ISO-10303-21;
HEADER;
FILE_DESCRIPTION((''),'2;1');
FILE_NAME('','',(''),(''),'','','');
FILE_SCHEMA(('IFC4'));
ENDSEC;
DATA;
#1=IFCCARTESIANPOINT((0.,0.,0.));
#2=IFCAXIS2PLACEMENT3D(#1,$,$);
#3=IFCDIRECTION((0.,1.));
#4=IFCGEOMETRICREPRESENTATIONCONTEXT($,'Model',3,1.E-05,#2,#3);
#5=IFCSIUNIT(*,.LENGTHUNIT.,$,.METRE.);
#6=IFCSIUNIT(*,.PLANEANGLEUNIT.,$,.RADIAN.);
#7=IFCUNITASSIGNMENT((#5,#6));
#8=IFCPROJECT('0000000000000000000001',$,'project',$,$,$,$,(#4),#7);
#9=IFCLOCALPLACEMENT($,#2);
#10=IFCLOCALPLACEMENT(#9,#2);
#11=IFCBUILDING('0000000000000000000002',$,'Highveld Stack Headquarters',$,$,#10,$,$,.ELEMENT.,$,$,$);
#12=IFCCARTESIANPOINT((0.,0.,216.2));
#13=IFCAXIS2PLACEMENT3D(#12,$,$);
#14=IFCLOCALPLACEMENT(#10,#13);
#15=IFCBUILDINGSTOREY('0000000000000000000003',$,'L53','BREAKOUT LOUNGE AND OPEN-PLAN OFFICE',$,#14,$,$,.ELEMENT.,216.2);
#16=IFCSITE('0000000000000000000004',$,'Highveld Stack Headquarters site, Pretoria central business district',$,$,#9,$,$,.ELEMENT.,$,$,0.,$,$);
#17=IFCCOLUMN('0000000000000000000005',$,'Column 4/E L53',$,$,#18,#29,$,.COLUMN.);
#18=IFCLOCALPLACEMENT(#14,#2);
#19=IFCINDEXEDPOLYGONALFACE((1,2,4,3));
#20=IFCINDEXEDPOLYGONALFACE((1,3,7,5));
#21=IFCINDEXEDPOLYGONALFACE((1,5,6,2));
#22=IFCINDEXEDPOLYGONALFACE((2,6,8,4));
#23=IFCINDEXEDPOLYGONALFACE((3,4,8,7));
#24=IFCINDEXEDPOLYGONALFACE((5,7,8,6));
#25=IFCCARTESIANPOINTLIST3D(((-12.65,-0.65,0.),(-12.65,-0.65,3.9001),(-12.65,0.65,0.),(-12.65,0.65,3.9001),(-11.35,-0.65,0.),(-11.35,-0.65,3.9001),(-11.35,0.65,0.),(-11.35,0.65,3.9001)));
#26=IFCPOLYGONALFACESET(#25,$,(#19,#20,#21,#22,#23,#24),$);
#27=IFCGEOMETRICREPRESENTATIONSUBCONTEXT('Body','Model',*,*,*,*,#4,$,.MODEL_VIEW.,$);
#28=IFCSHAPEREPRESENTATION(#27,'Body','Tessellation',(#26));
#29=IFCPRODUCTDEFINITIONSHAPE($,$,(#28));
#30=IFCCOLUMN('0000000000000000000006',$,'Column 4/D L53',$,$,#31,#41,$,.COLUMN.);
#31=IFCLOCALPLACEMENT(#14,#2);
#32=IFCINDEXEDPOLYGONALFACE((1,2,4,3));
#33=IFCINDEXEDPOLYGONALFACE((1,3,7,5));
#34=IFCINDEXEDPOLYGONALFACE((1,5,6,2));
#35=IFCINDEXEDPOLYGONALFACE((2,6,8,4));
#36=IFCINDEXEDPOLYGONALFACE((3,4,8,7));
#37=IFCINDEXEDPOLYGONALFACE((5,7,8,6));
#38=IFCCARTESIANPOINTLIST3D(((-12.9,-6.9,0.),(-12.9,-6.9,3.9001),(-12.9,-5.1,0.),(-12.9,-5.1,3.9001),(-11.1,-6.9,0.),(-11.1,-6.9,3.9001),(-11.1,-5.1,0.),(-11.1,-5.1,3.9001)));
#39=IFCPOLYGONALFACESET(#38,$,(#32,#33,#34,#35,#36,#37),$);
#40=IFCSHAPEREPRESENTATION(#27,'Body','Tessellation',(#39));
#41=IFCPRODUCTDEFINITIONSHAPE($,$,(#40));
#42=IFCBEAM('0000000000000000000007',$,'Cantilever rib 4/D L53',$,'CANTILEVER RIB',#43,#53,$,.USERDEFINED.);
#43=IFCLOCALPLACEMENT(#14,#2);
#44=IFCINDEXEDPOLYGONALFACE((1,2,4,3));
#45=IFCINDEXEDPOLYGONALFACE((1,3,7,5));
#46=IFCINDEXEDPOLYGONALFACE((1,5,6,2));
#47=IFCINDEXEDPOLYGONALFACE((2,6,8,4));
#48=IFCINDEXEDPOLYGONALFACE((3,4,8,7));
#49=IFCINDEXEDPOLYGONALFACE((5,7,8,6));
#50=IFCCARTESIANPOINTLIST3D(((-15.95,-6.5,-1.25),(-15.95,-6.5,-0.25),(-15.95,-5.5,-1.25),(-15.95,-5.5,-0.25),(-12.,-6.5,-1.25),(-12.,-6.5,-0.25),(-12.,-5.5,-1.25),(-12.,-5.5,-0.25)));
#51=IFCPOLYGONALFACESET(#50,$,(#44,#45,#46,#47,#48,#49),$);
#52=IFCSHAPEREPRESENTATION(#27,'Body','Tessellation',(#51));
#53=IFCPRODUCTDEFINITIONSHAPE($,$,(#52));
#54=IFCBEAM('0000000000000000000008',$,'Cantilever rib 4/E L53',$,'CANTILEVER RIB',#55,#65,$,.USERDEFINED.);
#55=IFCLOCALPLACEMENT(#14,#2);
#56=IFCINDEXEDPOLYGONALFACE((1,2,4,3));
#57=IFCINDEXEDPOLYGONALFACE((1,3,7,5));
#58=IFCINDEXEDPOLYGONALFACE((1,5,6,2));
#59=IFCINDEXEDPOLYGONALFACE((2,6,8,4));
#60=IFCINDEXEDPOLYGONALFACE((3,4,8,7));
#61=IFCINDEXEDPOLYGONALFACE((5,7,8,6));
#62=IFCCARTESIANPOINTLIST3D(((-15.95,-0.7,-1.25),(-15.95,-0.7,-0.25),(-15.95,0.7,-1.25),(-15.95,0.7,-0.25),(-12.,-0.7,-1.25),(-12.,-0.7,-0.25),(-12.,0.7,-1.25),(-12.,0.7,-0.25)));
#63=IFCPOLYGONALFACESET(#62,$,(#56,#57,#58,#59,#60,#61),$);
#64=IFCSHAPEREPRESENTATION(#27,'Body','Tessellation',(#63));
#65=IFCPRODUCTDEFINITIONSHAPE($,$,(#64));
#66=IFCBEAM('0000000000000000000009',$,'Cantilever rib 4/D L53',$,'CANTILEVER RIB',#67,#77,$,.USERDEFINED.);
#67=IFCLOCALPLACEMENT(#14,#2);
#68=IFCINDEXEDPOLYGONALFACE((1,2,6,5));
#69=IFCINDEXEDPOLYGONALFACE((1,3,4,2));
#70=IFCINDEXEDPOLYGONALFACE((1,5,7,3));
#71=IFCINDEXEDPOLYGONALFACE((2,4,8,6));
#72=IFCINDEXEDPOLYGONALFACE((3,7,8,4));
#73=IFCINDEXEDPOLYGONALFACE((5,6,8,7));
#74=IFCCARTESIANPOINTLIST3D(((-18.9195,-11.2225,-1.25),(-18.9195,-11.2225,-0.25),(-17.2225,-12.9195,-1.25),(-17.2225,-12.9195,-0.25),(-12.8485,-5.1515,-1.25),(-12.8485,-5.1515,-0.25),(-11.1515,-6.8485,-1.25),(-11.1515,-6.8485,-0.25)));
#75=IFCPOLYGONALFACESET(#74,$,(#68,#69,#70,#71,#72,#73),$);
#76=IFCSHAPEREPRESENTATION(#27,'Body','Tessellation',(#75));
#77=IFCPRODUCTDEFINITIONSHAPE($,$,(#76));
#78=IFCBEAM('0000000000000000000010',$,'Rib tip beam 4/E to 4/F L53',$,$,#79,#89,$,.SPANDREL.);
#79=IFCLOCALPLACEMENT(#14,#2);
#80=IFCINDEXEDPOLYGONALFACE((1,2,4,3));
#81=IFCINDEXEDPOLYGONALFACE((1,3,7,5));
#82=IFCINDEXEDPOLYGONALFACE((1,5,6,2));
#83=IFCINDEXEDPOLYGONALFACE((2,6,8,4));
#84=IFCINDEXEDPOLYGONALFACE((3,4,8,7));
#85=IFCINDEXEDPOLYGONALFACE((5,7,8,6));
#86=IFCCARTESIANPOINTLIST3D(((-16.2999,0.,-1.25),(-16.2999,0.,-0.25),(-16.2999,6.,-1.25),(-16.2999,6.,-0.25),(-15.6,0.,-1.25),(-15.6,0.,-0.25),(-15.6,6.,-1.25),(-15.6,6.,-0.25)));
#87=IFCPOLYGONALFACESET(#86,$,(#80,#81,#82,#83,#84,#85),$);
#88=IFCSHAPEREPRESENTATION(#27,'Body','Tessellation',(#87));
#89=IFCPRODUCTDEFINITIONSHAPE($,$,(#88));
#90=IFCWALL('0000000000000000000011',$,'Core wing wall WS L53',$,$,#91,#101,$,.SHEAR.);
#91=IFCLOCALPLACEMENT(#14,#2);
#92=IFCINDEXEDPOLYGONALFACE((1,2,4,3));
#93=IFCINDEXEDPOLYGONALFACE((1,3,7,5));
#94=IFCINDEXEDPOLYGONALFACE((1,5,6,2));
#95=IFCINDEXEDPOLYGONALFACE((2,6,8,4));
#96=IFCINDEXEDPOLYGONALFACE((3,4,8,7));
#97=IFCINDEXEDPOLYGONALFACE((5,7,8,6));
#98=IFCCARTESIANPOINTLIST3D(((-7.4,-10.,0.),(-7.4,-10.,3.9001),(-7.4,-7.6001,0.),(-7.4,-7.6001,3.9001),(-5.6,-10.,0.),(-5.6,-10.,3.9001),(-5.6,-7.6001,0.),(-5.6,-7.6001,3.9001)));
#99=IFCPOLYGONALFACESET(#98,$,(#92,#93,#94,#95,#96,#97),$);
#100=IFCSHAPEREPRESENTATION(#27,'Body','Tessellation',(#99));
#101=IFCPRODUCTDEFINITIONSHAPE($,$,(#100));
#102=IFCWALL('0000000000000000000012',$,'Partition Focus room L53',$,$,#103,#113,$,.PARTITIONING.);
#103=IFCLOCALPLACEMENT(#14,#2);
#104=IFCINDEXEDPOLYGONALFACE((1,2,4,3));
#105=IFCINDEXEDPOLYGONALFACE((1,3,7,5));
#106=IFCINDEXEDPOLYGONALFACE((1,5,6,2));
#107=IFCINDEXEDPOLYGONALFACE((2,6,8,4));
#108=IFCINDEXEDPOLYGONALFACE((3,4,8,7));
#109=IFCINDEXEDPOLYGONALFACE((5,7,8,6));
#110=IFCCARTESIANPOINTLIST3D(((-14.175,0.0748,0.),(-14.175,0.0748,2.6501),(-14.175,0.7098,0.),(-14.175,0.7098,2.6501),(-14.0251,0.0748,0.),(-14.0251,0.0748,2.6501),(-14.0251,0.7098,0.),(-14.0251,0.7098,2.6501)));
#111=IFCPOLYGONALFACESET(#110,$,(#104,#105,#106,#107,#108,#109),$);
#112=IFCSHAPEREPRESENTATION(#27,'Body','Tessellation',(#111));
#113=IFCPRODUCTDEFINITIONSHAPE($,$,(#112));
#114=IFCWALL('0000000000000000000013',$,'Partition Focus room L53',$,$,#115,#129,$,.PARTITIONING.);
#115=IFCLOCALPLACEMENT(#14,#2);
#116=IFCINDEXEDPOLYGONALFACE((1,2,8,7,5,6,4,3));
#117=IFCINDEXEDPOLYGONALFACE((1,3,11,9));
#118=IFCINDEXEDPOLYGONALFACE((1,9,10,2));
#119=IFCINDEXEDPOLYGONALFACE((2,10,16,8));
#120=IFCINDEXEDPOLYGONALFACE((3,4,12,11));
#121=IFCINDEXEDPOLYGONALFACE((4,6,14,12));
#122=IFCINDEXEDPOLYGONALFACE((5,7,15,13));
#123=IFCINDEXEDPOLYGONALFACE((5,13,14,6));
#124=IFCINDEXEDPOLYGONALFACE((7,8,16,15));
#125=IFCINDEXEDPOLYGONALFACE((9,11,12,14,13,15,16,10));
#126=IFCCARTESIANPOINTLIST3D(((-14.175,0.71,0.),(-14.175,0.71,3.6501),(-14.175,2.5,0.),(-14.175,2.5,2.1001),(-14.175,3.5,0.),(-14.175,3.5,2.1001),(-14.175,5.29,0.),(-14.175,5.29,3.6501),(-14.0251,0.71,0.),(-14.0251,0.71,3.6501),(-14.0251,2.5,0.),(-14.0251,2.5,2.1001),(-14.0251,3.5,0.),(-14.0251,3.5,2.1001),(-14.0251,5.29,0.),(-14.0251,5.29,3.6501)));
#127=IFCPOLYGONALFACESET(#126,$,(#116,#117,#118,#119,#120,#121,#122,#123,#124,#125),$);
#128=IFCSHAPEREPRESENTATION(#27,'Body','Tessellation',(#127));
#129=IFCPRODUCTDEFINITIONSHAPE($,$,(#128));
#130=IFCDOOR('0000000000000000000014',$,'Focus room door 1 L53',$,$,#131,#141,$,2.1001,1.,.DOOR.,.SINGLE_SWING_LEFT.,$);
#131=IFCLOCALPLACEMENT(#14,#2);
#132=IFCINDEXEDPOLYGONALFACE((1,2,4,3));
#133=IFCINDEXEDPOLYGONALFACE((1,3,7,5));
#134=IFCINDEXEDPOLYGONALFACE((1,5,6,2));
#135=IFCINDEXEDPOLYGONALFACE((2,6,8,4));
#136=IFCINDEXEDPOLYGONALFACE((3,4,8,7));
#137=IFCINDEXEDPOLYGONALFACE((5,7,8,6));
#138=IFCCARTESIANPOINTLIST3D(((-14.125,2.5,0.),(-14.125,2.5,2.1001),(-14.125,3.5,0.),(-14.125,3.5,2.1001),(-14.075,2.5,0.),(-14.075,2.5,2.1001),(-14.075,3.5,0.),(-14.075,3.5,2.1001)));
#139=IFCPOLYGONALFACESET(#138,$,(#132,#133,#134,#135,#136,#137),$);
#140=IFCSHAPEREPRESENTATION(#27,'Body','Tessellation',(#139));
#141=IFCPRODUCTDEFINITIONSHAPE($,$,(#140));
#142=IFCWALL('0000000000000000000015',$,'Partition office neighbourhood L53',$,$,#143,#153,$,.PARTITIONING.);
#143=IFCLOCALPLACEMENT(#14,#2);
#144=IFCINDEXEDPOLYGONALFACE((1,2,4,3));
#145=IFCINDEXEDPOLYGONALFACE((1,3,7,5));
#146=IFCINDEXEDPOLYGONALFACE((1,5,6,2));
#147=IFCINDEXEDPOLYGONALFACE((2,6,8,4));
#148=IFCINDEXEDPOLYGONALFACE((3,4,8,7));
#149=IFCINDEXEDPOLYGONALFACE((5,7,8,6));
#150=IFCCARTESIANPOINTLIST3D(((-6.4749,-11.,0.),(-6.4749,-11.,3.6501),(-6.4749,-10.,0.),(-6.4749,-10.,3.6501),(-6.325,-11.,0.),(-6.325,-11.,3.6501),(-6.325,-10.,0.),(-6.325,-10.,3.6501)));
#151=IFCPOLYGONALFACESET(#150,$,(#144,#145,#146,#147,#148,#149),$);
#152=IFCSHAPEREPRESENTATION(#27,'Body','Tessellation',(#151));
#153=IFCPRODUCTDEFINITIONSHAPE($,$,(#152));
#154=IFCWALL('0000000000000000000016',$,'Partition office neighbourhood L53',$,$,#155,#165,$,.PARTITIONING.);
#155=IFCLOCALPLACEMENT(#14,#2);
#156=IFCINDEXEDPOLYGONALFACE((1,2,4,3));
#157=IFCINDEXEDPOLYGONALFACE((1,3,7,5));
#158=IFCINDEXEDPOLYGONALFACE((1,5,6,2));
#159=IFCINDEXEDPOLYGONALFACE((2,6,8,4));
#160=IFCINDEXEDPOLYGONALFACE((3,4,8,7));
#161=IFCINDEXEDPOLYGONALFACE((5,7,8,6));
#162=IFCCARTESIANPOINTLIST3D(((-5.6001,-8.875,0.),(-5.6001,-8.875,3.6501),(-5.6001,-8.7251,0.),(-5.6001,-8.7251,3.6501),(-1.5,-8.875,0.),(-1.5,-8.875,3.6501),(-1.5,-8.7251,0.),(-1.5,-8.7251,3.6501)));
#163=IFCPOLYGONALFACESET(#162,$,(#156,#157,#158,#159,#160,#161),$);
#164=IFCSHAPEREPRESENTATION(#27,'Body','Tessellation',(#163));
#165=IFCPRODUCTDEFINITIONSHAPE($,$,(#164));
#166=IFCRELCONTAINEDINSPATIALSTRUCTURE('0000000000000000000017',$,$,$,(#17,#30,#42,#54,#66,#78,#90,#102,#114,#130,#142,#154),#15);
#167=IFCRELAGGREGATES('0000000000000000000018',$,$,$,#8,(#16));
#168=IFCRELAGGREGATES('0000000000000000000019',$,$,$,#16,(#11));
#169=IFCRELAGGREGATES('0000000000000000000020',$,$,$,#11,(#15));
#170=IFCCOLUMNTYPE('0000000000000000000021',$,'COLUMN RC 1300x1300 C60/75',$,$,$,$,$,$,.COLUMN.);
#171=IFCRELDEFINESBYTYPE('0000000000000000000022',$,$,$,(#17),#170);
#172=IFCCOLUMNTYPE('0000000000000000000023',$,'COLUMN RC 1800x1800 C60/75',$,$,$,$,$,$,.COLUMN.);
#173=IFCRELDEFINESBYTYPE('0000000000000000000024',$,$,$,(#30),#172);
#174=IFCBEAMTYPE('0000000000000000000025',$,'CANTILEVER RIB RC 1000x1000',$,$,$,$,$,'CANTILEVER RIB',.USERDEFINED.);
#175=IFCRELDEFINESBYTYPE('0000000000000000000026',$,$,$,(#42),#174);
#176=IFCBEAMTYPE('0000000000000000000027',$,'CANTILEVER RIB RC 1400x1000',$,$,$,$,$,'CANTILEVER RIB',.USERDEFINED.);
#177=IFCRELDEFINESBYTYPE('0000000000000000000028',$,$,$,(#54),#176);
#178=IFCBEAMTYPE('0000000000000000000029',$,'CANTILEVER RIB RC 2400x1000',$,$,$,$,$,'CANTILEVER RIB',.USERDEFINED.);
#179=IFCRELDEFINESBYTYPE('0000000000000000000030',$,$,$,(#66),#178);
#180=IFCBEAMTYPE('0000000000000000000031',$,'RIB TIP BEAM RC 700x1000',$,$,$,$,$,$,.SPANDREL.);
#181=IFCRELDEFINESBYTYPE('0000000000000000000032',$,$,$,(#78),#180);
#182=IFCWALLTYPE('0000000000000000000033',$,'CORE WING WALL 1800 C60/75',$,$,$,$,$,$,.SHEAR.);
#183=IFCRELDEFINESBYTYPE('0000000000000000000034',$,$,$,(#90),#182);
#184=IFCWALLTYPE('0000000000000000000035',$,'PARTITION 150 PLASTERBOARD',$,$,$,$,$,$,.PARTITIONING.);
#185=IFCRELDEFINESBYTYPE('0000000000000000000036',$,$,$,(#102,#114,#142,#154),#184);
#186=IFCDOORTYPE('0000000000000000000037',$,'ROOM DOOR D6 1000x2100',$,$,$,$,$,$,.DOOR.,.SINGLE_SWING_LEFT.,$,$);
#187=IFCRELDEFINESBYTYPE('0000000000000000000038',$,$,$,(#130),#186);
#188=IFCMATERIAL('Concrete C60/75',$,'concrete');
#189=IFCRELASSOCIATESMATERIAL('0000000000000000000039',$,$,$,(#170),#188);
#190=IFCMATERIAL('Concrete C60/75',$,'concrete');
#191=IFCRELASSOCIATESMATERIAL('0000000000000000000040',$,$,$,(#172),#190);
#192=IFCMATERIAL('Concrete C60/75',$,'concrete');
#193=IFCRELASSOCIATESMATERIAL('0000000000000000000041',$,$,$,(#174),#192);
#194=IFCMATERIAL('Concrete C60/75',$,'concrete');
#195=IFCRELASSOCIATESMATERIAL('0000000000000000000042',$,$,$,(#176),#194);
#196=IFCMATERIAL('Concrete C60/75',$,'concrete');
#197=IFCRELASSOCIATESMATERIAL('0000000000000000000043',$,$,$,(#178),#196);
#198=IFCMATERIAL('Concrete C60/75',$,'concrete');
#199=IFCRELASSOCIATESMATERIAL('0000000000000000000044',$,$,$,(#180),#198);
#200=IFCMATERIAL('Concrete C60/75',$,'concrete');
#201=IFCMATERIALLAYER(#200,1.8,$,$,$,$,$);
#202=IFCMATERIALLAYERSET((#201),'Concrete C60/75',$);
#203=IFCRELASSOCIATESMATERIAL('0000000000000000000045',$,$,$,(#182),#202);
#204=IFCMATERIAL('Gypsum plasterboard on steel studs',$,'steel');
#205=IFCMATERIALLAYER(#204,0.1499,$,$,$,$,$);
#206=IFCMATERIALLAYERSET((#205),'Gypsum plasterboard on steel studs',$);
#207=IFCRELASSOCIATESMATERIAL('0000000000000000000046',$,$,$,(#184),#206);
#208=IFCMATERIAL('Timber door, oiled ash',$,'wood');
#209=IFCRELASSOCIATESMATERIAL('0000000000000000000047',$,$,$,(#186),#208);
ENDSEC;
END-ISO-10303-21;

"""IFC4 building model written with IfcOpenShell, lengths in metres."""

from ifc_helpers import new_model, si_unit, direction, frame, frame_2d, origin, origin_2d, place, context, subcontext, project, spatial, rectangle, extrude, material, layer, layer_set, material_profile, profile_set, type_object, element, fill, save


model = new_model("IFC4")

# Units and contexts
model_context = context("Model", 3, precision=1e-05, world=origin(), true_north=direction((0.0, 1.0)))
body_context = subcontext(model_context, "Body", "Model", "MODEL_VIEW")
ifc_project = project(units=[si_unit("LENGTHUNIT", "METRE"), si_unit("PLANEANGLEUNIT", "RADIAN")], contexts=[model_context])

# Site, building, storey
site_placement = place(None, origin())
site = spatial("IfcSite", under=ifc_project, at=site_placement, Name="Highveld Stack Headquarters site, Pretoria central business district", CompositionType="ELEMENT", RefElevation=0.0)
building_placement = place(site_placement, origin())
building = spatial("IfcBuilding", under=site, at=building_placement, Name="Highveld Stack Headquarters", CompositionType="ELEMENT")
storey_placement = place(building_placement, frame((0.0, 0.0, 216.2)))
storey = spatial("IfcBuildingStorey", under=building, at=storey_placement, Name="L53", Description="BREAKOUT LOUNGE AND OPEN-PLAN OFFICE", CompositionType="ELEMENT", Elevation=216.2)

# Columns
ifc_material_1 = material(Name="Concrete C60/75", Category="concrete")
ifc_material_profile_1 = material_profile(ifc_material_1, rectangle(XDim=1.3, YDim=1.3, at=origin_2d()), Name="RC 1300x1300")
ifc_profile_set_1 = profile_set([ifc_material_profile_1], Name="Concrete C60/75")
column_type_1 = type_object("IfcColumnType", Name="COLUMN RC 1300x1300 C60/75", PredefinedType="COLUMN", material=ifc_profile_set_1)
column_1_placement = place(storey_placement, frame((-12.0, 0.0, 0.0), z_axis=(0.0, 0.0, 1.0), x_axis=(1.0, 0.0, 0.0)))
element("IfcColumn", 1, at=column_1_placement, inside=storey, type_object=column_type_1, Name="Column 4/E L53", PredefinedType="COLUMN", context=body_context, shape_type="SweptSolid", body=[
    extrude(rectangle(XDim=1.3, YDim=1.3, at=origin_2d()), origin(), (0.0, 0.0, 1.0), 3.9001),
])
ifc_material_2 = material(Name="Concrete C60/75", Category="concrete")
ifc_material_profile_2 = material_profile(ifc_material_2, rectangle(XDim=1.8, YDim=1.8, at=origin_2d()), Name="RC 1800x1800")
ifc_profile_set_2 = profile_set([ifc_material_profile_2], Name="Concrete C60/75")
column_type_2 = type_object("IfcColumnType", Name="COLUMN RC 1800x1800 C60/75", PredefinedType="COLUMN", material=ifc_profile_set_2)
column_2_placement = place(storey_placement, frame((-12.0, -6.0, 0.0), z_axis=(0.0, 0.0, 1.0), x_axis=(1.0, 0.0, 0.0)))
element("IfcColumn", 2, at=column_2_placement, inside=storey, type_object=column_type_2, Name="Column 4/D L53", PredefinedType="COLUMN", context=body_context, shape_type="SweptSolid", body=[
    extrude(rectangle(XDim=1.8, YDim=1.8, at=origin_2d()), origin(), (0.0, 0.0, 1.0), 3.9001),
])

# Beams
ifc_material_3 = material(Name="Concrete C60/75", Category="concrete")
ifc_material_profile_3 = material_profile(ifc_material_3, rectangle(XDim=1.0, YDim=1.0, at=origin_2d()), Name="RC 1000x1000")
ifc_profile_set_3 = profile_set([ifc_material_profile_3], Name="Concrete C60/75")
beam_type_1 = type_object("IfcBeamType", Name="CANTILEVER RIB RC 1000x1000", ElementType="CANTILEVER RIB", PredefinedType="USERDEFINED", material=ifc_profile_set_3)
beam_1_placement = place(storey_placement, frame((-12.0, -6.0, -0.75), z_axis=(-1.0, 0.0, 0.0), x_axis=(0.0, -1.0, 0.0)))
element("IfcBeam", 3, at=beam_1_placement, inside=storey, type_object=beam_type_1, Name="Cantilever rib 4/D L53", ObjectType="CANTILEVER RIB", PredefinedType="USERDEFINED", context=body_context, shape_type="SweptSolid", body=[
    extrude(rectangle(XDim=1.0, YDim=1.0, at=origin_2d()), origin(), (0.0, 0.0, 1.0), 3.95),
])
ifc_material_4 = material(Name="Concrete C60/75", Category="concrete")
ifc_material_profile_4 = material_profile(ifc_material_4, rectangle(XDim=1.3999, YDim=1.0, at=origin_2d()), Name="RC 1400x1000")
ifc_profile_set_4 = profile_set([ifc_material_profile_4], Name="Concrete C60/75")
beam_type_2 = type_object("IfcBeamType", Name="CANTILEVER RIB RC 1400x1000", ElementType="CANTILEVER RIB", PredefinedType="USERDEFINED", material=ifc_profile_set_4)
beam_2_placement = place(storey_placement, frame((-12.0, 0.0, -0.75), z_axis=(-1.0, 0.0, 0.0), x_axis=(0.0, -1.0, 0.0)))
element("IfcBeam", 4, at=beam_2_placement, inside=storey, type_object=beam_type_2, Name="Cantilever rib 4/E L53", ObjectType="CANTILEVER RIB", PredefinedType="USERDEFINED", context=body_context, shape_type="SweptSolid", body=[
    extrude(rectangle(XDim=1.3999, YDim=1.0, at=origin_2d()), origin(), (0.0, 0.0, 1.0), 3.95),
])
ifc_material_5 = material(Name="Concrete C60/75", Category="concrete")
ifc_material_profile_5 = material_profile(ifc_material_5, rectangle(XDim=2.3999, YDim=1.0, at=origin_2d()), Name="RC 2400x1000")
ifc_profile_set_5 = profile_set([ifc_material_profile_5], Name="Concrete C60/75")
beam_type_3 = type_object("IfcBeamType", Name="CANTILEVER RIB RC 2400x1000", ElementType="CANTILEVER RIB", PredefinedType="USERDEFINED", material=ifc_profile_set_5)
beam_3_placement = place(storey_placement, frame((-12.0, -6.0, -0.75), z_axis=(-0.707107, -0.707107, 0.0), x_axis=(0.707107, -0.707107, 0.0)))
element("IfcBeam", 5, at=beam_3_placement, inside=storey, type_object=beam_type_3, Name="Cantilever rib 4/D L53", ObjectType="CANTILEVER RIB", PredefinedType="USERDEFINED", context=body_context, shape_type="SweptSolid", body=[
    extrude(rectangle(XDim=2.3999, YDim=1.0, at=origin_2d()), origin(), (0.0, 0.0, 1.0), 8.5857),
])
ifc_material_6 = material(Name="Concrete C60/75", Category="concrete")
ifc_material_profile_6 = material_profile(ifc_material_6, rectangle(XDim=0.7, YDim=1.0, at=origin_2d()), Name="RC 700x1000")
ifc_profile_set_6 = profile_set([ifc_material_profile_6], Name="Concrete C60/75")
beam_type_4 = type_object("IfcBeamType", Name="RIB TIP BEAM RC 700x1000", PredefinedType="SPANDREL", material=ifc_profile_set_6)
beam_4_placement = place(storey_placement, frame((-15.95, 0.0, -0.75), z_axis=(0.0, 1.0, 0.0), x_axis=(-1.0, 0.0, 0.0)))
element("IfcBeam", 6, at=beam_4_placement, inside=storey, type_object=beam_type_4, Name="Rib tip beam 4/E to 4/F L53", PredefinedType="SPANDREL", context=body_context, shape_type="SweptSolid", body=[
    extrude(rectangle(XDim=0.7, YDim=1.0, at=origin_2d()), origin(), (0.0, 0.0, 1.0), 6.0),
])

# Walls
ifc_material_7 = material(Name="Concrete C60/75", Category="concrete")
ifc_layer_1 = layer(ifc_material_7, 1.8)
ifc_layer_set_1 = layer_set([ifc_layer_1], Name="Concrete C60/75")
wall_type_1 = type_object("IfcWallType", Name="CORE WING WALL 1800 C60/75", PredefinedType="SHEAR", material=ifc_layer_set_1)
wall_1_placement = place(storey_placement, frame((-6.5, -10.0, 0.0), z_axis=(0.0, 0.0, 1.0), x_axis=(0.0, 1.0, 0.0)))
element("IfcWall", 7, at=wall_1_placement, inside=storey, type_object=wall_type_1, Name="Core wing wall WS L53", PredefinedType="SHEAR", context=body_context, shape_type="SweptSolid", body=[
    extrude(rectangle(XDim=2.3999, YDim=1.8, at=frame_2d((1.2, 0.0))), origin(), (0.0, 0.0, 1.0), 3.9001),
])
ifc_material_8 = material(Name="Gypsum plasterboard on steel studs", Category="steel")
ifc_layer_2 = layer(ifc_material_8, 0.1499)
ifc_layer_set_2 = layer_set([ifc_layer_2], Name="Gypsum plasterboard on steel studs")
wall_type_2 = type_object("IfcWallType", Name="PARTITION 150 PLASTERBOARD", PredefinedType="PARTITIONING", material=ifc_layer_set_2)
wall_2_placement = place(storey_placement, frame((-14.1001, 0.075, 0.0), z_axis=(0.0, 0.0, 1.0), x_axis=(0.0, 1.0, 0.0)))
element("IfcWall", 8, at=wall_2_placement, inside=storey, type_object=wall_type_2, Name="Partition Focus room L53", PredefinedType="PARTITIONING", context=body_context, shape_type="SweptSolid", body=[
    extrude(rectangle(XDim=0.635, YDim=0.1499, at=frame_2d((0.3174, 0.0))), origin(), (0.0, 0.0, 1.0), 2.6501),
])

# Wall, opening, door
wall_3_placement = place(storey_placement, frame((-14.1001, 0.71, 0.0), z_axis=(0.0, 0.0, 1.0), x_axis=(0.0, 1.0, 0.0)))
wall_3 = element("IfcWall", 9, at=wall_3_placement, inside=storey, type_object=wall_type_2, Name="Partition Focus room L53", PredefinedType="PARTITIONING", context=body_context, shape_type="SweptSolid", body=[
    extrude(rectangle(XDim=4.5801, YDim=0.1499, at=frame_2d((2.29, 0.0))), origin(), (0.0, 0.0, 1.0), 3.6501),
])
opening_1_placement = place(wall_3_placement, frame((1.79, 0.0, 0.0)))
opening_1 = element("IfcOpeningElement", 10, at=opening_1_placement, cuts=wall_3, PredefinedType="OPENING", context=body_context, shape_type="SweptSolid", body=[
    extrude(rectangle(XDim=1.0, YDim=2.1001, at=frame_2d((0.5, 1.05))), frame((0.0, 0.085, 0.0), z_axis=(0.0, -1.0, 0.0), x_axis=(1.0, 0.0, 0.0)), (0.0, 0.0, 1.0), 0.1699),
])
ifc_material_9 = material(Name="Timber door, oiled ash", Category="wood")
door_type_1 = type_object("IfcDoorType", Name="ROOM DOOR D6 1000x2100", OperationType="SINGLE_SWING_LEFT", PredefinedType="DOOR", material=ifc_material_9)
door_1_placement = place(opening_1_placement, origin())
door_1 = element("IfcDoor", 11, at=door_1_placement, inside=storey, type_object=door_type_1, Name="Focus room door 1 L53", OperationType="SINGLE_SWING_LEFT", OverallHeight=2.1001, OverallWidth=1.0, PredefinedType="DOOR", context=body_context, shape_type="SweptSolid", body=[
    extrude(rectangle(XDim=1.0, YDim=2.1001, at=frame_2d((0.5, 1.05))), frame((0.0, 0.0249, 0.0), z_axis=(0.0, -1.0, 0.0), x_axis=(1.0, 0.0, 0.0)), (0.0, 0.0, 1.0), 0.05),
])
fill(opening_1, door_1)

# Walls
wall_4_placement = place(storey_placement, frame((-6.3999, -11.0, 0.0), z_axis=(0.0, 0.0, 1.0), x_axis=(0.0, 1.0, 0.0)))
element("IfcWall", 12, at=wall_4_placement, inside=storey, type_object=wall_type_2, Name="Partition office neighbourhood L53", PredefinedType="PARTITIONING", context=body_context, shape_type="SweptSolid", body=[
    extrude(rectangle(XDim=1.0, YDim=0.1499, at=frame_2d((0.5, 0.0))), origin(), (0.0, 0.0, 1.0), 3.6501),
])
wall_5_placement = place(storey_placement, frame((-5.6001, -8.8, 0.0), z_axis=(0.0, 0.0, 1.0), x_axis=(1.0, 0.0, 0.0)))
element("IfcWall", 13, at=wall_5_placement, inside=storey, type_object=wall_type_2, Name="Partition office neighbourhood L53", PredefinedType="PARTITIONING", context=body_context, shape_type="SweptSolid", body=[
    extrude(rectangle(XDim=4.1001, YDim=0.1499, at=frame_2d((2.05, 0.0))), origin(), (0.0, 0.0, 1.0), 3.6501),
])

save(model, "model.ifc")
